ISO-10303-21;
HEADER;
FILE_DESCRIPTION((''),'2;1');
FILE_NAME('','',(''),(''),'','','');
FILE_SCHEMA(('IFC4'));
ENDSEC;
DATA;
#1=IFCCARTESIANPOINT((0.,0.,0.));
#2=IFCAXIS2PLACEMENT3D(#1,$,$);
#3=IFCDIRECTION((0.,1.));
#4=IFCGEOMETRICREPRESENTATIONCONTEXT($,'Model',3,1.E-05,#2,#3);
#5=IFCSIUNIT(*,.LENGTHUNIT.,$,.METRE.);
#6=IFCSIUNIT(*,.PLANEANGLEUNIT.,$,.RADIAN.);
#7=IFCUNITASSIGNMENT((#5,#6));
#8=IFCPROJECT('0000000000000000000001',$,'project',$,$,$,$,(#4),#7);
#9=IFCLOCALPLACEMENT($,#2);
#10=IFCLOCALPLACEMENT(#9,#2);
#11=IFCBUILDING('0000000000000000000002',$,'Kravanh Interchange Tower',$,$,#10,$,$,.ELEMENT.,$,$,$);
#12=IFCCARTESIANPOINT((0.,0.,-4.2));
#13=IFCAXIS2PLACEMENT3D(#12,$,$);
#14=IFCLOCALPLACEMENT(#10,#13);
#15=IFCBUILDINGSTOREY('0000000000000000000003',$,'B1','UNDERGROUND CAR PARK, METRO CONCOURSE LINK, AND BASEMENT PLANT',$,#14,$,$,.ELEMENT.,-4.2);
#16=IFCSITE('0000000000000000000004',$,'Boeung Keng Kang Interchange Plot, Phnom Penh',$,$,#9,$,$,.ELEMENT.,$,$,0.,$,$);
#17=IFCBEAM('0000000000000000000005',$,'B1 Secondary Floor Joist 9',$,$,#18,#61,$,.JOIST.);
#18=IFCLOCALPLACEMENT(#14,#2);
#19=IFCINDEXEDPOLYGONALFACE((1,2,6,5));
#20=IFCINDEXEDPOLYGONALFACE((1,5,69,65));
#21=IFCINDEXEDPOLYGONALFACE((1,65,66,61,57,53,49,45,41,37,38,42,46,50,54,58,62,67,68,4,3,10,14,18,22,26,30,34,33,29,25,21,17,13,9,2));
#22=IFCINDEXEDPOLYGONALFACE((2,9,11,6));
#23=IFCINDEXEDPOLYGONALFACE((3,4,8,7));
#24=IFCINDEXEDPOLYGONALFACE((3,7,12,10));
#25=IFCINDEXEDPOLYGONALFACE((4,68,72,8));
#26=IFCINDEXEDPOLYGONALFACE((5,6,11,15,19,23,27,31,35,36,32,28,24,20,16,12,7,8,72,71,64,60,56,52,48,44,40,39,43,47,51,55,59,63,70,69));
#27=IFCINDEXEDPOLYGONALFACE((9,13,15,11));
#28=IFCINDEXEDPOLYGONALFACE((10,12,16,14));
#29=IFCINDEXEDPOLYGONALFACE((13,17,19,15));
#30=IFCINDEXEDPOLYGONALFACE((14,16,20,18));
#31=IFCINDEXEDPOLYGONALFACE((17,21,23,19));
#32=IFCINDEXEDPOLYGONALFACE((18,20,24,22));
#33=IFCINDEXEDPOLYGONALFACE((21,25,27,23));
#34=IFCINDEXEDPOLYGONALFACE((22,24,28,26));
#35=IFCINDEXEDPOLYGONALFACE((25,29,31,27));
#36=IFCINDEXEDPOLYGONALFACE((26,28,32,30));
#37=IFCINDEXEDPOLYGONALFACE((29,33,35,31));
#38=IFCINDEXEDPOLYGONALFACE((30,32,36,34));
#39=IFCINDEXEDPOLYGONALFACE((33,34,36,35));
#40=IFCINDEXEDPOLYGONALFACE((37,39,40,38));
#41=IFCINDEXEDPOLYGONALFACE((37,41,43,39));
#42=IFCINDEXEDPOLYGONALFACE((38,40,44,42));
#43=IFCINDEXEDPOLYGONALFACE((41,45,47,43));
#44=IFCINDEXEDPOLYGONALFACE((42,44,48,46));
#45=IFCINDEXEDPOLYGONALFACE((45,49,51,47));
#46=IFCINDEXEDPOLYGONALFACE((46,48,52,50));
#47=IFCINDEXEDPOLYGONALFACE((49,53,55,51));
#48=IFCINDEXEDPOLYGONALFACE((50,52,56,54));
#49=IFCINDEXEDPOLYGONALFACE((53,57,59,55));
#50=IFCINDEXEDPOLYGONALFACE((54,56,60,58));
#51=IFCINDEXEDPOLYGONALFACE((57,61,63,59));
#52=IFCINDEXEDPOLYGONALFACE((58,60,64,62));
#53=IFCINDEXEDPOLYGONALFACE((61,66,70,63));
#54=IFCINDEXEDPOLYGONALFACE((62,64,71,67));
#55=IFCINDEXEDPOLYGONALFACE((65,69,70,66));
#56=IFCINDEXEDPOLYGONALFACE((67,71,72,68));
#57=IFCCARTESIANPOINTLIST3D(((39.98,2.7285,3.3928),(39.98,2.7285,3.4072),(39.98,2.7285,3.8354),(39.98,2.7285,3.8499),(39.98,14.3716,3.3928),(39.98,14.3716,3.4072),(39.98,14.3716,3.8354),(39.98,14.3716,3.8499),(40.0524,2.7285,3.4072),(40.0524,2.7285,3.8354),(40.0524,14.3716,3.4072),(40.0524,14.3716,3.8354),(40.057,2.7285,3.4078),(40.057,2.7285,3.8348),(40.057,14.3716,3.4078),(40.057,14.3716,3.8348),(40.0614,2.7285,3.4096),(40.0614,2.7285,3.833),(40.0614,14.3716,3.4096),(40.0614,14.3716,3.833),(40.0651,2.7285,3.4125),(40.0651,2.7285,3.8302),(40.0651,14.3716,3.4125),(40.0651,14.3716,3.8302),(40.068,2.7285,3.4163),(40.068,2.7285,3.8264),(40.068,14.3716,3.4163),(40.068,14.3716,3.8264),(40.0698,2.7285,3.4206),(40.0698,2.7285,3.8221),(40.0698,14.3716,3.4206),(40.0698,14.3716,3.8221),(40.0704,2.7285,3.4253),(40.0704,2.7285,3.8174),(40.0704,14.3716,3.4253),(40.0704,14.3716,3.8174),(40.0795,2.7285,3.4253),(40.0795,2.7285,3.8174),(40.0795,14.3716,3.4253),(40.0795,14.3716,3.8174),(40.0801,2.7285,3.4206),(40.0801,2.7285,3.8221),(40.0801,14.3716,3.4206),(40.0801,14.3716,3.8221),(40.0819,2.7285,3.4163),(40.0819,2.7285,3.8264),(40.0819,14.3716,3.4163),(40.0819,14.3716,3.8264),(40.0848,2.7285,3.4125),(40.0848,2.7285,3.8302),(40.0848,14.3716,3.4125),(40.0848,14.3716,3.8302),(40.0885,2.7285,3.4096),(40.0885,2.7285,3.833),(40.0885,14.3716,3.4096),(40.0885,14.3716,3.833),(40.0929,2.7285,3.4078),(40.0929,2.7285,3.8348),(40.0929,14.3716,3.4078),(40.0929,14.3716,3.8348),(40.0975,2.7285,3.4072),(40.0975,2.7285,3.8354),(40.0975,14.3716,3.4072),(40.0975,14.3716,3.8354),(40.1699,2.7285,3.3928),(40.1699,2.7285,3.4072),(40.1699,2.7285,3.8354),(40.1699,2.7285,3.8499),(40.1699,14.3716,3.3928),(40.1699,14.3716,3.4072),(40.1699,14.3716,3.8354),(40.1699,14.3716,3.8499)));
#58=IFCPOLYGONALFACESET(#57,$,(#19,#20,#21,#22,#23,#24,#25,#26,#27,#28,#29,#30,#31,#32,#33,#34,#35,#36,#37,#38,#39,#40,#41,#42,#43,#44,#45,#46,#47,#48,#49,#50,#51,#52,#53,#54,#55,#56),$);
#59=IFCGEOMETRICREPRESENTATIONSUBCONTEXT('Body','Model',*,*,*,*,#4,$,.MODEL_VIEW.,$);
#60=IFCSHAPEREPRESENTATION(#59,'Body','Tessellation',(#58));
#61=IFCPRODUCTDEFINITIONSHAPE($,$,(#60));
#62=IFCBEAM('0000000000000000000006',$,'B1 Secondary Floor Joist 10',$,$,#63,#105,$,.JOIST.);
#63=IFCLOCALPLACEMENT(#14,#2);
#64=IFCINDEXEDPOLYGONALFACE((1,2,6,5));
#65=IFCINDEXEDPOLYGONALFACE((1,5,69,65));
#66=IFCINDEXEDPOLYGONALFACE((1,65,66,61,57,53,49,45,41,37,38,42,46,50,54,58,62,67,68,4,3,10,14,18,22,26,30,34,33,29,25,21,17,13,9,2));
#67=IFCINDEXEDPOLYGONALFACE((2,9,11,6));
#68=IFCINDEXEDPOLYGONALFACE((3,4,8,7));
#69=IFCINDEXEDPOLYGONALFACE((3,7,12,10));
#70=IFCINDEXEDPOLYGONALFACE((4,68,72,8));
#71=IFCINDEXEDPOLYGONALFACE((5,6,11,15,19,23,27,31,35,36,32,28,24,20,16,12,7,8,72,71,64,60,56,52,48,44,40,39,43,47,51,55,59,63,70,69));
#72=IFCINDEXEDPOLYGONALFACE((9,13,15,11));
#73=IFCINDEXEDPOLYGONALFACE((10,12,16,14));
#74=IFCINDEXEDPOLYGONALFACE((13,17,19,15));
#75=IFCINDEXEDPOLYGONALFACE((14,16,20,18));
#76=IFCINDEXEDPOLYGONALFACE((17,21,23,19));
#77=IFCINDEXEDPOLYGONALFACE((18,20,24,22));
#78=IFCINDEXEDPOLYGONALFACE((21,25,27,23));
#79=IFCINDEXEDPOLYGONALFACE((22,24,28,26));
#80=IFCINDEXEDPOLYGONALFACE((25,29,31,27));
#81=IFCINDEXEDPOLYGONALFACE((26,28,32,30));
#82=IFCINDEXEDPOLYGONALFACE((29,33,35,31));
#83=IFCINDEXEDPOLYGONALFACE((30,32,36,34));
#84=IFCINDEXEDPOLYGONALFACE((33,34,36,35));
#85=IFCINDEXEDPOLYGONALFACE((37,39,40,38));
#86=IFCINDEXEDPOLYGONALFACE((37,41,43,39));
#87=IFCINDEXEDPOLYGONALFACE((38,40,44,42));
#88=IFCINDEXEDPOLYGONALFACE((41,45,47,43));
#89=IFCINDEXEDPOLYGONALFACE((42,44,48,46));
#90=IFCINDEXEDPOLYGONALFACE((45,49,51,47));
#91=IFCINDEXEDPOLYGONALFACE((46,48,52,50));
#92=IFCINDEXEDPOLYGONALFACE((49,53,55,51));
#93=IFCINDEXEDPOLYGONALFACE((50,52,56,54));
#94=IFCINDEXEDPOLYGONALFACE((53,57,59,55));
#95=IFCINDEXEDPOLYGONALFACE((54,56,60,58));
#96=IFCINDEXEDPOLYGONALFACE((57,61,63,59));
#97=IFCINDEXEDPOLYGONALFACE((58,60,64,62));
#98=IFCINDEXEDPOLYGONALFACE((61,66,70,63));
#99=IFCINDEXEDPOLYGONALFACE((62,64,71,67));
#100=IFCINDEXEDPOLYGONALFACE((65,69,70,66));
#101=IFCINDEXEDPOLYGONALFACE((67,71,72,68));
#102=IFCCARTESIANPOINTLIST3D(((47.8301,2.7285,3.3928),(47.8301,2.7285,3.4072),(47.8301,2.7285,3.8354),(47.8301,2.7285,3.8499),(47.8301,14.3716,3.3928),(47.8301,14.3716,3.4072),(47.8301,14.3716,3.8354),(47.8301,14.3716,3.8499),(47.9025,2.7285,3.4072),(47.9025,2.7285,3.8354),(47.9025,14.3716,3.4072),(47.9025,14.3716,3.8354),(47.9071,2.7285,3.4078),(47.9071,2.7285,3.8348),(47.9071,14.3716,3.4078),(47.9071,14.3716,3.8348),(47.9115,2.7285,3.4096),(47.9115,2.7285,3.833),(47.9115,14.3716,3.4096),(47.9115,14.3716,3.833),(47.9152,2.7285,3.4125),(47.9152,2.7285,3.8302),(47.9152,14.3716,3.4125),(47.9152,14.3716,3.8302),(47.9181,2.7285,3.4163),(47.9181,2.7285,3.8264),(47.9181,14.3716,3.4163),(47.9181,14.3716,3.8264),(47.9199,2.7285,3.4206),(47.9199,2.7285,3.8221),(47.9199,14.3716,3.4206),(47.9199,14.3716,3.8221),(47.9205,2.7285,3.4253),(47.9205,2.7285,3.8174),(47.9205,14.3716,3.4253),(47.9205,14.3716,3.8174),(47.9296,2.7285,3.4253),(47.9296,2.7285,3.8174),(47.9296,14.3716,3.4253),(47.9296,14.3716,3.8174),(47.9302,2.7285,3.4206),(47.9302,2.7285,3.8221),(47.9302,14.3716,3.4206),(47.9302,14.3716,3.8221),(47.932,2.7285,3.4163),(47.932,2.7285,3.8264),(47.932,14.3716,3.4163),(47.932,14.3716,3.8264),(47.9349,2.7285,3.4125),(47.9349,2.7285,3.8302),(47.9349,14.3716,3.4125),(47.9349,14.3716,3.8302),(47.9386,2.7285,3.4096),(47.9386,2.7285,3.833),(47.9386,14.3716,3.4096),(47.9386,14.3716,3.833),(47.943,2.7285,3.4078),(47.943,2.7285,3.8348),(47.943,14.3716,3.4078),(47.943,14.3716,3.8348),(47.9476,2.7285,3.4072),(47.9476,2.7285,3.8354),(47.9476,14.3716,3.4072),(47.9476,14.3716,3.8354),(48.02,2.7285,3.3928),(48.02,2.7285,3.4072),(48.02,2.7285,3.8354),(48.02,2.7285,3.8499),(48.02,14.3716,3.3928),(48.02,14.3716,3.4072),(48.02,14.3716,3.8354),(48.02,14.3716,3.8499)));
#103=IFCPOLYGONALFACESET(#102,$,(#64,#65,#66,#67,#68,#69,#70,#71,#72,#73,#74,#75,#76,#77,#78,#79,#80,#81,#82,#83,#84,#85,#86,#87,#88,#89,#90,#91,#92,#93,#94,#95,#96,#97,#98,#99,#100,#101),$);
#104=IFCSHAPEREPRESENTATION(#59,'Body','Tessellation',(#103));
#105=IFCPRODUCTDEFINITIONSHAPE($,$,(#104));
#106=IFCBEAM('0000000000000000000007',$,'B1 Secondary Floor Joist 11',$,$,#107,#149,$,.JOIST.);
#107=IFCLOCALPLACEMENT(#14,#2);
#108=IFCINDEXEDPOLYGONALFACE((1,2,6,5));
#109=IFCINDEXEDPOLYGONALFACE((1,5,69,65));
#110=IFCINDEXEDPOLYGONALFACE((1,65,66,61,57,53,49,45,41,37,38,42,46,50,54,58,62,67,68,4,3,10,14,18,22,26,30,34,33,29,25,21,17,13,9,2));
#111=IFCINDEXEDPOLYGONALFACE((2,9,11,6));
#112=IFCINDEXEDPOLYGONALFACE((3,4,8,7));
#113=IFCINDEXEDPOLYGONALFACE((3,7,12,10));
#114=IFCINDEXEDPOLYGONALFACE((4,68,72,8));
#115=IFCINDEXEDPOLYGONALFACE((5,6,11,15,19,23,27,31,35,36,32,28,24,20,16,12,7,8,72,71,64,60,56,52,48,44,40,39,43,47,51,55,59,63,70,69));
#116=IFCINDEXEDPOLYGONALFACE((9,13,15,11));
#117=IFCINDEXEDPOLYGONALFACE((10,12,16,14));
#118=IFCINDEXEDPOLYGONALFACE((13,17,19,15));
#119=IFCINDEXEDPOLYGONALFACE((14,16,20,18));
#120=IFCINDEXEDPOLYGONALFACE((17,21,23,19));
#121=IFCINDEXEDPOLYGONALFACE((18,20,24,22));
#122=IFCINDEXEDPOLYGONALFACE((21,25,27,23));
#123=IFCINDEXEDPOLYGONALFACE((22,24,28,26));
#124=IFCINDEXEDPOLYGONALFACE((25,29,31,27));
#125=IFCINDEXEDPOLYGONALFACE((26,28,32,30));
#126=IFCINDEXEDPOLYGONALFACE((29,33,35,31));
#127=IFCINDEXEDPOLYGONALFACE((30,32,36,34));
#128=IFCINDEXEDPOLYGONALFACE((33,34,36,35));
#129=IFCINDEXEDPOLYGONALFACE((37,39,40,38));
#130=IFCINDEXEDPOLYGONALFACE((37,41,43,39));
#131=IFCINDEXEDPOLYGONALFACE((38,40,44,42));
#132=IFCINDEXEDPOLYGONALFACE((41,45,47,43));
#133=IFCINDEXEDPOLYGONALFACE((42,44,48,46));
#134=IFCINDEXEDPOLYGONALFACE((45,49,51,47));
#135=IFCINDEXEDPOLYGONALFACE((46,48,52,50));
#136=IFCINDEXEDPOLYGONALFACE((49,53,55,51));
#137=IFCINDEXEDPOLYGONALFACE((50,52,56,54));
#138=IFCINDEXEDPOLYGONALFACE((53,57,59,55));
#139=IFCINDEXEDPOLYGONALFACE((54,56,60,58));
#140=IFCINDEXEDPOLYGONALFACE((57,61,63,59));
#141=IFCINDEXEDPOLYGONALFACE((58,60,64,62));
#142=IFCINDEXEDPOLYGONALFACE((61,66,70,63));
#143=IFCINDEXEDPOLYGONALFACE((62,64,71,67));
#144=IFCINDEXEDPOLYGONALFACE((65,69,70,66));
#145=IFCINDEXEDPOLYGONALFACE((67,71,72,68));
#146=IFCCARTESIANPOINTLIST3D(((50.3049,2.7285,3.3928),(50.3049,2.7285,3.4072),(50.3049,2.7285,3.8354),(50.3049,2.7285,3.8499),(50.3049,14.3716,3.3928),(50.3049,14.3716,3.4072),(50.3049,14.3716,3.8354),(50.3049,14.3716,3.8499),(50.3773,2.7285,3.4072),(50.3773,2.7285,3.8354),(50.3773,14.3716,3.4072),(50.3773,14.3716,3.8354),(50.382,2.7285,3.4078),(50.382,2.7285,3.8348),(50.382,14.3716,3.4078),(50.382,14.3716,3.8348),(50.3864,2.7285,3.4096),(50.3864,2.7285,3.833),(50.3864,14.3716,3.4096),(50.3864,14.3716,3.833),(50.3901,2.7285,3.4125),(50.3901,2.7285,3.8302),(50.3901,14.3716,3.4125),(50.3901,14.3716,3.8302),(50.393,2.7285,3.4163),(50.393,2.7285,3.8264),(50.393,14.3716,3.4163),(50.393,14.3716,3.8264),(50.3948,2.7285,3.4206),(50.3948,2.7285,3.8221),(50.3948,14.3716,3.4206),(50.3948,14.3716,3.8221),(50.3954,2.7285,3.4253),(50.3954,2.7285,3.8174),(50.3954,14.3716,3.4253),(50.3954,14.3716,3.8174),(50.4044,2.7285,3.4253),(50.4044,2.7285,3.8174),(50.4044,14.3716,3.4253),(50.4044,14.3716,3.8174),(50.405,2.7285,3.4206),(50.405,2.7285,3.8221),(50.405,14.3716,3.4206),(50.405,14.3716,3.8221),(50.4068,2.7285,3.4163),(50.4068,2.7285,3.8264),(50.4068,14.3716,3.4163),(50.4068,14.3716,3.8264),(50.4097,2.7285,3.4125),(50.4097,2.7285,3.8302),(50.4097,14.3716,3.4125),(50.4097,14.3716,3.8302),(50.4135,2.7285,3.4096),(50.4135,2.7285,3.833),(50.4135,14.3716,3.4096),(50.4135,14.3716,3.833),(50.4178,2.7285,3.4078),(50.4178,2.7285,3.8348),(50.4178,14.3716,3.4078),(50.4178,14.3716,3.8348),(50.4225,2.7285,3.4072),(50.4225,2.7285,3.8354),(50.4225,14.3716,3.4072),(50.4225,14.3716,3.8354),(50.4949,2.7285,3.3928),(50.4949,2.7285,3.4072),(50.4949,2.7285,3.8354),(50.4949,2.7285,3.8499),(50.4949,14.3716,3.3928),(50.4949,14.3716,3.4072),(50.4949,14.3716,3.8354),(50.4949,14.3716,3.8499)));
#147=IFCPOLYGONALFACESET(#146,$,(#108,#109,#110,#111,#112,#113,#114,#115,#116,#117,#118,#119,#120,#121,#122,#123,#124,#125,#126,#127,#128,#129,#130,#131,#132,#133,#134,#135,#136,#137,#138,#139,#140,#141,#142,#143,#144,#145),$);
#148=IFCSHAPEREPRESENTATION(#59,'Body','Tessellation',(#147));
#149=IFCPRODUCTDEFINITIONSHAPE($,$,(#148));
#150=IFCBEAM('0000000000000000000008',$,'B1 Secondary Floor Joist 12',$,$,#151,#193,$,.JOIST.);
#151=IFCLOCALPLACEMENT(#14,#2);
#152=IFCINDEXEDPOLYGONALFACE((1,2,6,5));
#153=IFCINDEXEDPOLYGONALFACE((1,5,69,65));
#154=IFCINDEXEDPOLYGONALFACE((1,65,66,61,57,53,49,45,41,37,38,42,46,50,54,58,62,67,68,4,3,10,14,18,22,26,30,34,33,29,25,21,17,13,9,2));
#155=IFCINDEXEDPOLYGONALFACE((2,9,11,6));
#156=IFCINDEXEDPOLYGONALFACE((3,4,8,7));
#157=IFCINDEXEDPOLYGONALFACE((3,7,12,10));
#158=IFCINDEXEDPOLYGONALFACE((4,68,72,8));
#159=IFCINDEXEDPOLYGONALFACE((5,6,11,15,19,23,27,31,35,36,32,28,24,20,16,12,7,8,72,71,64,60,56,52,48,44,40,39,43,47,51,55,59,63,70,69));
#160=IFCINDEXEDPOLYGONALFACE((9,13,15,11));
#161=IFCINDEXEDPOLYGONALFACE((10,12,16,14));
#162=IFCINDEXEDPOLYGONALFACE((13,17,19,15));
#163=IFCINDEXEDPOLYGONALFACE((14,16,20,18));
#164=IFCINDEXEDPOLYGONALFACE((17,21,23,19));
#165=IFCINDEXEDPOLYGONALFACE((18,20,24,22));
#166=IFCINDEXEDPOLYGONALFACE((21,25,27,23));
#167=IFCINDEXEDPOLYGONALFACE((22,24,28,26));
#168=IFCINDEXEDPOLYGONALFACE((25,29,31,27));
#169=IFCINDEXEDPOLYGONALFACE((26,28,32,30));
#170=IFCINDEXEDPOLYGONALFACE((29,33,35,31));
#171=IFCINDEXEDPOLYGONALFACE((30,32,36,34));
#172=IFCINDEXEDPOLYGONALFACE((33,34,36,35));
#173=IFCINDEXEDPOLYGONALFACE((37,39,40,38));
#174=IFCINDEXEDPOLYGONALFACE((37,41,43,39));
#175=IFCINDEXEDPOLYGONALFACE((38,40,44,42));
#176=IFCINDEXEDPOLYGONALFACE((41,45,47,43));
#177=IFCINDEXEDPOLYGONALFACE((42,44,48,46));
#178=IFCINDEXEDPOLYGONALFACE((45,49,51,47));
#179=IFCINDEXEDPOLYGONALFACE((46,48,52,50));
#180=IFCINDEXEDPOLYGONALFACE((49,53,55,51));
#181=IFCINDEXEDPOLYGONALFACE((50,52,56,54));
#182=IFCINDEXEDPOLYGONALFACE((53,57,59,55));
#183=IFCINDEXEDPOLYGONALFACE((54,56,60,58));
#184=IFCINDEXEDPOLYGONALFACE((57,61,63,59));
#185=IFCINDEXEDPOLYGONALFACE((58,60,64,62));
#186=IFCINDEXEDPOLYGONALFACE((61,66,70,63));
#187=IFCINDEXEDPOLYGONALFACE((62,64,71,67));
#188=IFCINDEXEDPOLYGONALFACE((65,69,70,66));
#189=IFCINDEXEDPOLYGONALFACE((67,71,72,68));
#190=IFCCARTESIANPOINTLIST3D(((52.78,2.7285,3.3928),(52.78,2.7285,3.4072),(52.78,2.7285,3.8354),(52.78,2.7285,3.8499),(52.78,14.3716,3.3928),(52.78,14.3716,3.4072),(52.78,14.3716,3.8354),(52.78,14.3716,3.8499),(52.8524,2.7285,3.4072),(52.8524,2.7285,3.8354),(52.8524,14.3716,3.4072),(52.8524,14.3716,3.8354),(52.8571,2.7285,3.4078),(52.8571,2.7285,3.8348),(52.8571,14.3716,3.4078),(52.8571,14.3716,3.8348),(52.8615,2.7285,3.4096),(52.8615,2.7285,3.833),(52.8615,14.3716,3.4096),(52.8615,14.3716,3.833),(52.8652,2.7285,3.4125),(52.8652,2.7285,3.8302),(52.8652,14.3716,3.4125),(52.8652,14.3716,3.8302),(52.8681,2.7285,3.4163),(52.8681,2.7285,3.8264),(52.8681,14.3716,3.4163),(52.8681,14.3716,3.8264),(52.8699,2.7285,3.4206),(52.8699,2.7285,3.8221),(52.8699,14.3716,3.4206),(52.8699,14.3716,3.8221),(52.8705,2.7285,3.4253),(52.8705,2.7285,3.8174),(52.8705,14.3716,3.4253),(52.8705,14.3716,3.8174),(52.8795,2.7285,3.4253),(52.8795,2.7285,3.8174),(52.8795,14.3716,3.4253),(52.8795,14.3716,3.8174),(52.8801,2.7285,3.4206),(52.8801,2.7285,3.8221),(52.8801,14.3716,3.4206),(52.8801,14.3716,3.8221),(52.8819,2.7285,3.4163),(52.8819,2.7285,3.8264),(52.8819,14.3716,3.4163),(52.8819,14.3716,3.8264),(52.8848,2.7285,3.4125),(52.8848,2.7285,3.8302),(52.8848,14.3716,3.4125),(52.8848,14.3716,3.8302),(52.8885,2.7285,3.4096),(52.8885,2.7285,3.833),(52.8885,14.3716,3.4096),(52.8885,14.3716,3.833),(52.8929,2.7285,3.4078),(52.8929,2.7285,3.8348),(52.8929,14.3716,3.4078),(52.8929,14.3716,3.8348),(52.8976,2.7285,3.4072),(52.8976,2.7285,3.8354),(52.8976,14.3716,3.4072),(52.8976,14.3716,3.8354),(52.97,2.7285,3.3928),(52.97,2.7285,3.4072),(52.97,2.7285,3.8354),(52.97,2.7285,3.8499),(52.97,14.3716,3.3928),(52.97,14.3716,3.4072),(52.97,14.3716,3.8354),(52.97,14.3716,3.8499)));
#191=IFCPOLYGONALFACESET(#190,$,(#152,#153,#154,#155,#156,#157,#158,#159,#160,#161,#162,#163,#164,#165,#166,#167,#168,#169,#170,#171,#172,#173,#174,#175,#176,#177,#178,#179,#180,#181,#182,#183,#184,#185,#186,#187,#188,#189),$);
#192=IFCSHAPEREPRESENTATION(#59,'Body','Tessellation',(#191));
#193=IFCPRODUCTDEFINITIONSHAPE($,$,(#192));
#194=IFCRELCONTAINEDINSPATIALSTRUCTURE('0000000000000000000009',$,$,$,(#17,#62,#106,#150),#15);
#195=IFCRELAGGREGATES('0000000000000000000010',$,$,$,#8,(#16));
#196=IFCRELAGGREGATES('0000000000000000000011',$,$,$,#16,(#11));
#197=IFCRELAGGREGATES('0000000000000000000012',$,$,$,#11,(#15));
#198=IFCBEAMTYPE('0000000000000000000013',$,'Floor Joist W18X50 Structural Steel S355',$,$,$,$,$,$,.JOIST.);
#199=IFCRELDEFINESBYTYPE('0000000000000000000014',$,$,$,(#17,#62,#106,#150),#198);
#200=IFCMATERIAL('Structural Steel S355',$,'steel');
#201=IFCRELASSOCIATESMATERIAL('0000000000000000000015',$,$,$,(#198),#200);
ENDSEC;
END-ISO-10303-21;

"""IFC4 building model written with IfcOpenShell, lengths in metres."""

from ifc_helpers import new_model, si_unit, direction, frame, origin, origin_2d, place, context, subcontext, project, spatial, i_section, extrude, material, material_profile, profile_set, type_object, element, save


model = new_model("IFC4")

# Units and contexts
model_context = context("Model", 3, precision=1e-05, world=origin(), true_north=direction((0.0, 1.0)))
body_context = subcontext(model_context, "Body", "Model", "MODEL_VIEW")
ifc_project = project(units=[si_unit("LENGTHUNIT", "METRE"), si_unit("PLANEANGLEUNIT", "RADIAN")], contexts=[model_context])

# Site, building, storey
site_placement = place(None, origin())
site = spatial("IfcSite", under=ifc_project, at=site_placement, Name="Boeung Keng Kang Interchange Plot, Phnom Penh", CompositionType="ELEMENT", RefElevation=0.0)
building_placement = place(site_placement, origin())
building = spatial("IfcBuilding", under=site, at=building_placement, Name="Kravanh Interchange Tower", CompositionType="ELEMENT")
storey_placement = place(building_placement, frame((0.0, 0.0, -4.2)))
storey = spatial("IfcBuildingStorey", under=building, at=storey_placement, Name="B1", Description="UNDERGROUND CAR PARK, METRO CONCOURSE LINK, AND BASEMENT PLANT", CompositionType="ELEMENT", Elevation=-4.2)

# Beams
ifc_material_1 = material(Name="Structural Steel S355", Category="steel")
ifc_material_profile_1 = material_profile(ifc_material_1, i_section(OverallWidth=0.1899, OverallDepth=0.457, WebThickness=0.009, FlangeThickness=0.0144, FilletRadius=0.0181, at=origin_2d()), Name="W18X50")
ifc_profile_set_1 = profile_set([ifc_material_profile_1], Name="Structural Steel S355")
beam_type_1 = type_object("IfcBeamType", Name="Floor Joist W18X50 Structural Steel S355", PredefinedType="JOIST", material=ifc_profile_set_1)
for number, where, z_axis, x_axis, name in (
    (1, (40.075, 2.7285, 3.6213), (0.0, 1.0, 0.0), (-1.0, 0.0, 0.0), "B1 Secondary Floor Joist 9"),
    (2, (47.925, 2.7285, 3.6213), (0.0, 1.0, 0.0), (-1.0, 0.0, 0.0), "B1 Secondary Floor Joist 10"),
    (3, (50.3999, 2.7285, 3.6213), (0.0, 1.0, 0.0), (-1.0, 0.0, 0.0), "B1 Secondary Floor Joist 11"),
    (4, (52.875, 2.7285, 3.6213), (0.0, 1.0, 0.0), (-1.0, 0.0, 0.0), "B1 Secondary Floor Joist 12"),
):
    element("IfcBeam", number, at=place(storey_placement, frame(where, z_axis=z_axis, x_axis=x_axis)), inside=storey, type_object=beam_type_1, Name=name, PredefinedType="JOIST", context=body_context, shape_type="SweptSolid", body=[
        extrude(i_section(OverallWidth=0.1899, OverallDepth=0.457, WebThickness=0.009, FlangeThickness=0.0144, FilletRadius=0.0181, at=origin_2d()), origin(), (0.0, 0.0, 1.0), 11.6431),
    ])

save(model, "model.ifc")
